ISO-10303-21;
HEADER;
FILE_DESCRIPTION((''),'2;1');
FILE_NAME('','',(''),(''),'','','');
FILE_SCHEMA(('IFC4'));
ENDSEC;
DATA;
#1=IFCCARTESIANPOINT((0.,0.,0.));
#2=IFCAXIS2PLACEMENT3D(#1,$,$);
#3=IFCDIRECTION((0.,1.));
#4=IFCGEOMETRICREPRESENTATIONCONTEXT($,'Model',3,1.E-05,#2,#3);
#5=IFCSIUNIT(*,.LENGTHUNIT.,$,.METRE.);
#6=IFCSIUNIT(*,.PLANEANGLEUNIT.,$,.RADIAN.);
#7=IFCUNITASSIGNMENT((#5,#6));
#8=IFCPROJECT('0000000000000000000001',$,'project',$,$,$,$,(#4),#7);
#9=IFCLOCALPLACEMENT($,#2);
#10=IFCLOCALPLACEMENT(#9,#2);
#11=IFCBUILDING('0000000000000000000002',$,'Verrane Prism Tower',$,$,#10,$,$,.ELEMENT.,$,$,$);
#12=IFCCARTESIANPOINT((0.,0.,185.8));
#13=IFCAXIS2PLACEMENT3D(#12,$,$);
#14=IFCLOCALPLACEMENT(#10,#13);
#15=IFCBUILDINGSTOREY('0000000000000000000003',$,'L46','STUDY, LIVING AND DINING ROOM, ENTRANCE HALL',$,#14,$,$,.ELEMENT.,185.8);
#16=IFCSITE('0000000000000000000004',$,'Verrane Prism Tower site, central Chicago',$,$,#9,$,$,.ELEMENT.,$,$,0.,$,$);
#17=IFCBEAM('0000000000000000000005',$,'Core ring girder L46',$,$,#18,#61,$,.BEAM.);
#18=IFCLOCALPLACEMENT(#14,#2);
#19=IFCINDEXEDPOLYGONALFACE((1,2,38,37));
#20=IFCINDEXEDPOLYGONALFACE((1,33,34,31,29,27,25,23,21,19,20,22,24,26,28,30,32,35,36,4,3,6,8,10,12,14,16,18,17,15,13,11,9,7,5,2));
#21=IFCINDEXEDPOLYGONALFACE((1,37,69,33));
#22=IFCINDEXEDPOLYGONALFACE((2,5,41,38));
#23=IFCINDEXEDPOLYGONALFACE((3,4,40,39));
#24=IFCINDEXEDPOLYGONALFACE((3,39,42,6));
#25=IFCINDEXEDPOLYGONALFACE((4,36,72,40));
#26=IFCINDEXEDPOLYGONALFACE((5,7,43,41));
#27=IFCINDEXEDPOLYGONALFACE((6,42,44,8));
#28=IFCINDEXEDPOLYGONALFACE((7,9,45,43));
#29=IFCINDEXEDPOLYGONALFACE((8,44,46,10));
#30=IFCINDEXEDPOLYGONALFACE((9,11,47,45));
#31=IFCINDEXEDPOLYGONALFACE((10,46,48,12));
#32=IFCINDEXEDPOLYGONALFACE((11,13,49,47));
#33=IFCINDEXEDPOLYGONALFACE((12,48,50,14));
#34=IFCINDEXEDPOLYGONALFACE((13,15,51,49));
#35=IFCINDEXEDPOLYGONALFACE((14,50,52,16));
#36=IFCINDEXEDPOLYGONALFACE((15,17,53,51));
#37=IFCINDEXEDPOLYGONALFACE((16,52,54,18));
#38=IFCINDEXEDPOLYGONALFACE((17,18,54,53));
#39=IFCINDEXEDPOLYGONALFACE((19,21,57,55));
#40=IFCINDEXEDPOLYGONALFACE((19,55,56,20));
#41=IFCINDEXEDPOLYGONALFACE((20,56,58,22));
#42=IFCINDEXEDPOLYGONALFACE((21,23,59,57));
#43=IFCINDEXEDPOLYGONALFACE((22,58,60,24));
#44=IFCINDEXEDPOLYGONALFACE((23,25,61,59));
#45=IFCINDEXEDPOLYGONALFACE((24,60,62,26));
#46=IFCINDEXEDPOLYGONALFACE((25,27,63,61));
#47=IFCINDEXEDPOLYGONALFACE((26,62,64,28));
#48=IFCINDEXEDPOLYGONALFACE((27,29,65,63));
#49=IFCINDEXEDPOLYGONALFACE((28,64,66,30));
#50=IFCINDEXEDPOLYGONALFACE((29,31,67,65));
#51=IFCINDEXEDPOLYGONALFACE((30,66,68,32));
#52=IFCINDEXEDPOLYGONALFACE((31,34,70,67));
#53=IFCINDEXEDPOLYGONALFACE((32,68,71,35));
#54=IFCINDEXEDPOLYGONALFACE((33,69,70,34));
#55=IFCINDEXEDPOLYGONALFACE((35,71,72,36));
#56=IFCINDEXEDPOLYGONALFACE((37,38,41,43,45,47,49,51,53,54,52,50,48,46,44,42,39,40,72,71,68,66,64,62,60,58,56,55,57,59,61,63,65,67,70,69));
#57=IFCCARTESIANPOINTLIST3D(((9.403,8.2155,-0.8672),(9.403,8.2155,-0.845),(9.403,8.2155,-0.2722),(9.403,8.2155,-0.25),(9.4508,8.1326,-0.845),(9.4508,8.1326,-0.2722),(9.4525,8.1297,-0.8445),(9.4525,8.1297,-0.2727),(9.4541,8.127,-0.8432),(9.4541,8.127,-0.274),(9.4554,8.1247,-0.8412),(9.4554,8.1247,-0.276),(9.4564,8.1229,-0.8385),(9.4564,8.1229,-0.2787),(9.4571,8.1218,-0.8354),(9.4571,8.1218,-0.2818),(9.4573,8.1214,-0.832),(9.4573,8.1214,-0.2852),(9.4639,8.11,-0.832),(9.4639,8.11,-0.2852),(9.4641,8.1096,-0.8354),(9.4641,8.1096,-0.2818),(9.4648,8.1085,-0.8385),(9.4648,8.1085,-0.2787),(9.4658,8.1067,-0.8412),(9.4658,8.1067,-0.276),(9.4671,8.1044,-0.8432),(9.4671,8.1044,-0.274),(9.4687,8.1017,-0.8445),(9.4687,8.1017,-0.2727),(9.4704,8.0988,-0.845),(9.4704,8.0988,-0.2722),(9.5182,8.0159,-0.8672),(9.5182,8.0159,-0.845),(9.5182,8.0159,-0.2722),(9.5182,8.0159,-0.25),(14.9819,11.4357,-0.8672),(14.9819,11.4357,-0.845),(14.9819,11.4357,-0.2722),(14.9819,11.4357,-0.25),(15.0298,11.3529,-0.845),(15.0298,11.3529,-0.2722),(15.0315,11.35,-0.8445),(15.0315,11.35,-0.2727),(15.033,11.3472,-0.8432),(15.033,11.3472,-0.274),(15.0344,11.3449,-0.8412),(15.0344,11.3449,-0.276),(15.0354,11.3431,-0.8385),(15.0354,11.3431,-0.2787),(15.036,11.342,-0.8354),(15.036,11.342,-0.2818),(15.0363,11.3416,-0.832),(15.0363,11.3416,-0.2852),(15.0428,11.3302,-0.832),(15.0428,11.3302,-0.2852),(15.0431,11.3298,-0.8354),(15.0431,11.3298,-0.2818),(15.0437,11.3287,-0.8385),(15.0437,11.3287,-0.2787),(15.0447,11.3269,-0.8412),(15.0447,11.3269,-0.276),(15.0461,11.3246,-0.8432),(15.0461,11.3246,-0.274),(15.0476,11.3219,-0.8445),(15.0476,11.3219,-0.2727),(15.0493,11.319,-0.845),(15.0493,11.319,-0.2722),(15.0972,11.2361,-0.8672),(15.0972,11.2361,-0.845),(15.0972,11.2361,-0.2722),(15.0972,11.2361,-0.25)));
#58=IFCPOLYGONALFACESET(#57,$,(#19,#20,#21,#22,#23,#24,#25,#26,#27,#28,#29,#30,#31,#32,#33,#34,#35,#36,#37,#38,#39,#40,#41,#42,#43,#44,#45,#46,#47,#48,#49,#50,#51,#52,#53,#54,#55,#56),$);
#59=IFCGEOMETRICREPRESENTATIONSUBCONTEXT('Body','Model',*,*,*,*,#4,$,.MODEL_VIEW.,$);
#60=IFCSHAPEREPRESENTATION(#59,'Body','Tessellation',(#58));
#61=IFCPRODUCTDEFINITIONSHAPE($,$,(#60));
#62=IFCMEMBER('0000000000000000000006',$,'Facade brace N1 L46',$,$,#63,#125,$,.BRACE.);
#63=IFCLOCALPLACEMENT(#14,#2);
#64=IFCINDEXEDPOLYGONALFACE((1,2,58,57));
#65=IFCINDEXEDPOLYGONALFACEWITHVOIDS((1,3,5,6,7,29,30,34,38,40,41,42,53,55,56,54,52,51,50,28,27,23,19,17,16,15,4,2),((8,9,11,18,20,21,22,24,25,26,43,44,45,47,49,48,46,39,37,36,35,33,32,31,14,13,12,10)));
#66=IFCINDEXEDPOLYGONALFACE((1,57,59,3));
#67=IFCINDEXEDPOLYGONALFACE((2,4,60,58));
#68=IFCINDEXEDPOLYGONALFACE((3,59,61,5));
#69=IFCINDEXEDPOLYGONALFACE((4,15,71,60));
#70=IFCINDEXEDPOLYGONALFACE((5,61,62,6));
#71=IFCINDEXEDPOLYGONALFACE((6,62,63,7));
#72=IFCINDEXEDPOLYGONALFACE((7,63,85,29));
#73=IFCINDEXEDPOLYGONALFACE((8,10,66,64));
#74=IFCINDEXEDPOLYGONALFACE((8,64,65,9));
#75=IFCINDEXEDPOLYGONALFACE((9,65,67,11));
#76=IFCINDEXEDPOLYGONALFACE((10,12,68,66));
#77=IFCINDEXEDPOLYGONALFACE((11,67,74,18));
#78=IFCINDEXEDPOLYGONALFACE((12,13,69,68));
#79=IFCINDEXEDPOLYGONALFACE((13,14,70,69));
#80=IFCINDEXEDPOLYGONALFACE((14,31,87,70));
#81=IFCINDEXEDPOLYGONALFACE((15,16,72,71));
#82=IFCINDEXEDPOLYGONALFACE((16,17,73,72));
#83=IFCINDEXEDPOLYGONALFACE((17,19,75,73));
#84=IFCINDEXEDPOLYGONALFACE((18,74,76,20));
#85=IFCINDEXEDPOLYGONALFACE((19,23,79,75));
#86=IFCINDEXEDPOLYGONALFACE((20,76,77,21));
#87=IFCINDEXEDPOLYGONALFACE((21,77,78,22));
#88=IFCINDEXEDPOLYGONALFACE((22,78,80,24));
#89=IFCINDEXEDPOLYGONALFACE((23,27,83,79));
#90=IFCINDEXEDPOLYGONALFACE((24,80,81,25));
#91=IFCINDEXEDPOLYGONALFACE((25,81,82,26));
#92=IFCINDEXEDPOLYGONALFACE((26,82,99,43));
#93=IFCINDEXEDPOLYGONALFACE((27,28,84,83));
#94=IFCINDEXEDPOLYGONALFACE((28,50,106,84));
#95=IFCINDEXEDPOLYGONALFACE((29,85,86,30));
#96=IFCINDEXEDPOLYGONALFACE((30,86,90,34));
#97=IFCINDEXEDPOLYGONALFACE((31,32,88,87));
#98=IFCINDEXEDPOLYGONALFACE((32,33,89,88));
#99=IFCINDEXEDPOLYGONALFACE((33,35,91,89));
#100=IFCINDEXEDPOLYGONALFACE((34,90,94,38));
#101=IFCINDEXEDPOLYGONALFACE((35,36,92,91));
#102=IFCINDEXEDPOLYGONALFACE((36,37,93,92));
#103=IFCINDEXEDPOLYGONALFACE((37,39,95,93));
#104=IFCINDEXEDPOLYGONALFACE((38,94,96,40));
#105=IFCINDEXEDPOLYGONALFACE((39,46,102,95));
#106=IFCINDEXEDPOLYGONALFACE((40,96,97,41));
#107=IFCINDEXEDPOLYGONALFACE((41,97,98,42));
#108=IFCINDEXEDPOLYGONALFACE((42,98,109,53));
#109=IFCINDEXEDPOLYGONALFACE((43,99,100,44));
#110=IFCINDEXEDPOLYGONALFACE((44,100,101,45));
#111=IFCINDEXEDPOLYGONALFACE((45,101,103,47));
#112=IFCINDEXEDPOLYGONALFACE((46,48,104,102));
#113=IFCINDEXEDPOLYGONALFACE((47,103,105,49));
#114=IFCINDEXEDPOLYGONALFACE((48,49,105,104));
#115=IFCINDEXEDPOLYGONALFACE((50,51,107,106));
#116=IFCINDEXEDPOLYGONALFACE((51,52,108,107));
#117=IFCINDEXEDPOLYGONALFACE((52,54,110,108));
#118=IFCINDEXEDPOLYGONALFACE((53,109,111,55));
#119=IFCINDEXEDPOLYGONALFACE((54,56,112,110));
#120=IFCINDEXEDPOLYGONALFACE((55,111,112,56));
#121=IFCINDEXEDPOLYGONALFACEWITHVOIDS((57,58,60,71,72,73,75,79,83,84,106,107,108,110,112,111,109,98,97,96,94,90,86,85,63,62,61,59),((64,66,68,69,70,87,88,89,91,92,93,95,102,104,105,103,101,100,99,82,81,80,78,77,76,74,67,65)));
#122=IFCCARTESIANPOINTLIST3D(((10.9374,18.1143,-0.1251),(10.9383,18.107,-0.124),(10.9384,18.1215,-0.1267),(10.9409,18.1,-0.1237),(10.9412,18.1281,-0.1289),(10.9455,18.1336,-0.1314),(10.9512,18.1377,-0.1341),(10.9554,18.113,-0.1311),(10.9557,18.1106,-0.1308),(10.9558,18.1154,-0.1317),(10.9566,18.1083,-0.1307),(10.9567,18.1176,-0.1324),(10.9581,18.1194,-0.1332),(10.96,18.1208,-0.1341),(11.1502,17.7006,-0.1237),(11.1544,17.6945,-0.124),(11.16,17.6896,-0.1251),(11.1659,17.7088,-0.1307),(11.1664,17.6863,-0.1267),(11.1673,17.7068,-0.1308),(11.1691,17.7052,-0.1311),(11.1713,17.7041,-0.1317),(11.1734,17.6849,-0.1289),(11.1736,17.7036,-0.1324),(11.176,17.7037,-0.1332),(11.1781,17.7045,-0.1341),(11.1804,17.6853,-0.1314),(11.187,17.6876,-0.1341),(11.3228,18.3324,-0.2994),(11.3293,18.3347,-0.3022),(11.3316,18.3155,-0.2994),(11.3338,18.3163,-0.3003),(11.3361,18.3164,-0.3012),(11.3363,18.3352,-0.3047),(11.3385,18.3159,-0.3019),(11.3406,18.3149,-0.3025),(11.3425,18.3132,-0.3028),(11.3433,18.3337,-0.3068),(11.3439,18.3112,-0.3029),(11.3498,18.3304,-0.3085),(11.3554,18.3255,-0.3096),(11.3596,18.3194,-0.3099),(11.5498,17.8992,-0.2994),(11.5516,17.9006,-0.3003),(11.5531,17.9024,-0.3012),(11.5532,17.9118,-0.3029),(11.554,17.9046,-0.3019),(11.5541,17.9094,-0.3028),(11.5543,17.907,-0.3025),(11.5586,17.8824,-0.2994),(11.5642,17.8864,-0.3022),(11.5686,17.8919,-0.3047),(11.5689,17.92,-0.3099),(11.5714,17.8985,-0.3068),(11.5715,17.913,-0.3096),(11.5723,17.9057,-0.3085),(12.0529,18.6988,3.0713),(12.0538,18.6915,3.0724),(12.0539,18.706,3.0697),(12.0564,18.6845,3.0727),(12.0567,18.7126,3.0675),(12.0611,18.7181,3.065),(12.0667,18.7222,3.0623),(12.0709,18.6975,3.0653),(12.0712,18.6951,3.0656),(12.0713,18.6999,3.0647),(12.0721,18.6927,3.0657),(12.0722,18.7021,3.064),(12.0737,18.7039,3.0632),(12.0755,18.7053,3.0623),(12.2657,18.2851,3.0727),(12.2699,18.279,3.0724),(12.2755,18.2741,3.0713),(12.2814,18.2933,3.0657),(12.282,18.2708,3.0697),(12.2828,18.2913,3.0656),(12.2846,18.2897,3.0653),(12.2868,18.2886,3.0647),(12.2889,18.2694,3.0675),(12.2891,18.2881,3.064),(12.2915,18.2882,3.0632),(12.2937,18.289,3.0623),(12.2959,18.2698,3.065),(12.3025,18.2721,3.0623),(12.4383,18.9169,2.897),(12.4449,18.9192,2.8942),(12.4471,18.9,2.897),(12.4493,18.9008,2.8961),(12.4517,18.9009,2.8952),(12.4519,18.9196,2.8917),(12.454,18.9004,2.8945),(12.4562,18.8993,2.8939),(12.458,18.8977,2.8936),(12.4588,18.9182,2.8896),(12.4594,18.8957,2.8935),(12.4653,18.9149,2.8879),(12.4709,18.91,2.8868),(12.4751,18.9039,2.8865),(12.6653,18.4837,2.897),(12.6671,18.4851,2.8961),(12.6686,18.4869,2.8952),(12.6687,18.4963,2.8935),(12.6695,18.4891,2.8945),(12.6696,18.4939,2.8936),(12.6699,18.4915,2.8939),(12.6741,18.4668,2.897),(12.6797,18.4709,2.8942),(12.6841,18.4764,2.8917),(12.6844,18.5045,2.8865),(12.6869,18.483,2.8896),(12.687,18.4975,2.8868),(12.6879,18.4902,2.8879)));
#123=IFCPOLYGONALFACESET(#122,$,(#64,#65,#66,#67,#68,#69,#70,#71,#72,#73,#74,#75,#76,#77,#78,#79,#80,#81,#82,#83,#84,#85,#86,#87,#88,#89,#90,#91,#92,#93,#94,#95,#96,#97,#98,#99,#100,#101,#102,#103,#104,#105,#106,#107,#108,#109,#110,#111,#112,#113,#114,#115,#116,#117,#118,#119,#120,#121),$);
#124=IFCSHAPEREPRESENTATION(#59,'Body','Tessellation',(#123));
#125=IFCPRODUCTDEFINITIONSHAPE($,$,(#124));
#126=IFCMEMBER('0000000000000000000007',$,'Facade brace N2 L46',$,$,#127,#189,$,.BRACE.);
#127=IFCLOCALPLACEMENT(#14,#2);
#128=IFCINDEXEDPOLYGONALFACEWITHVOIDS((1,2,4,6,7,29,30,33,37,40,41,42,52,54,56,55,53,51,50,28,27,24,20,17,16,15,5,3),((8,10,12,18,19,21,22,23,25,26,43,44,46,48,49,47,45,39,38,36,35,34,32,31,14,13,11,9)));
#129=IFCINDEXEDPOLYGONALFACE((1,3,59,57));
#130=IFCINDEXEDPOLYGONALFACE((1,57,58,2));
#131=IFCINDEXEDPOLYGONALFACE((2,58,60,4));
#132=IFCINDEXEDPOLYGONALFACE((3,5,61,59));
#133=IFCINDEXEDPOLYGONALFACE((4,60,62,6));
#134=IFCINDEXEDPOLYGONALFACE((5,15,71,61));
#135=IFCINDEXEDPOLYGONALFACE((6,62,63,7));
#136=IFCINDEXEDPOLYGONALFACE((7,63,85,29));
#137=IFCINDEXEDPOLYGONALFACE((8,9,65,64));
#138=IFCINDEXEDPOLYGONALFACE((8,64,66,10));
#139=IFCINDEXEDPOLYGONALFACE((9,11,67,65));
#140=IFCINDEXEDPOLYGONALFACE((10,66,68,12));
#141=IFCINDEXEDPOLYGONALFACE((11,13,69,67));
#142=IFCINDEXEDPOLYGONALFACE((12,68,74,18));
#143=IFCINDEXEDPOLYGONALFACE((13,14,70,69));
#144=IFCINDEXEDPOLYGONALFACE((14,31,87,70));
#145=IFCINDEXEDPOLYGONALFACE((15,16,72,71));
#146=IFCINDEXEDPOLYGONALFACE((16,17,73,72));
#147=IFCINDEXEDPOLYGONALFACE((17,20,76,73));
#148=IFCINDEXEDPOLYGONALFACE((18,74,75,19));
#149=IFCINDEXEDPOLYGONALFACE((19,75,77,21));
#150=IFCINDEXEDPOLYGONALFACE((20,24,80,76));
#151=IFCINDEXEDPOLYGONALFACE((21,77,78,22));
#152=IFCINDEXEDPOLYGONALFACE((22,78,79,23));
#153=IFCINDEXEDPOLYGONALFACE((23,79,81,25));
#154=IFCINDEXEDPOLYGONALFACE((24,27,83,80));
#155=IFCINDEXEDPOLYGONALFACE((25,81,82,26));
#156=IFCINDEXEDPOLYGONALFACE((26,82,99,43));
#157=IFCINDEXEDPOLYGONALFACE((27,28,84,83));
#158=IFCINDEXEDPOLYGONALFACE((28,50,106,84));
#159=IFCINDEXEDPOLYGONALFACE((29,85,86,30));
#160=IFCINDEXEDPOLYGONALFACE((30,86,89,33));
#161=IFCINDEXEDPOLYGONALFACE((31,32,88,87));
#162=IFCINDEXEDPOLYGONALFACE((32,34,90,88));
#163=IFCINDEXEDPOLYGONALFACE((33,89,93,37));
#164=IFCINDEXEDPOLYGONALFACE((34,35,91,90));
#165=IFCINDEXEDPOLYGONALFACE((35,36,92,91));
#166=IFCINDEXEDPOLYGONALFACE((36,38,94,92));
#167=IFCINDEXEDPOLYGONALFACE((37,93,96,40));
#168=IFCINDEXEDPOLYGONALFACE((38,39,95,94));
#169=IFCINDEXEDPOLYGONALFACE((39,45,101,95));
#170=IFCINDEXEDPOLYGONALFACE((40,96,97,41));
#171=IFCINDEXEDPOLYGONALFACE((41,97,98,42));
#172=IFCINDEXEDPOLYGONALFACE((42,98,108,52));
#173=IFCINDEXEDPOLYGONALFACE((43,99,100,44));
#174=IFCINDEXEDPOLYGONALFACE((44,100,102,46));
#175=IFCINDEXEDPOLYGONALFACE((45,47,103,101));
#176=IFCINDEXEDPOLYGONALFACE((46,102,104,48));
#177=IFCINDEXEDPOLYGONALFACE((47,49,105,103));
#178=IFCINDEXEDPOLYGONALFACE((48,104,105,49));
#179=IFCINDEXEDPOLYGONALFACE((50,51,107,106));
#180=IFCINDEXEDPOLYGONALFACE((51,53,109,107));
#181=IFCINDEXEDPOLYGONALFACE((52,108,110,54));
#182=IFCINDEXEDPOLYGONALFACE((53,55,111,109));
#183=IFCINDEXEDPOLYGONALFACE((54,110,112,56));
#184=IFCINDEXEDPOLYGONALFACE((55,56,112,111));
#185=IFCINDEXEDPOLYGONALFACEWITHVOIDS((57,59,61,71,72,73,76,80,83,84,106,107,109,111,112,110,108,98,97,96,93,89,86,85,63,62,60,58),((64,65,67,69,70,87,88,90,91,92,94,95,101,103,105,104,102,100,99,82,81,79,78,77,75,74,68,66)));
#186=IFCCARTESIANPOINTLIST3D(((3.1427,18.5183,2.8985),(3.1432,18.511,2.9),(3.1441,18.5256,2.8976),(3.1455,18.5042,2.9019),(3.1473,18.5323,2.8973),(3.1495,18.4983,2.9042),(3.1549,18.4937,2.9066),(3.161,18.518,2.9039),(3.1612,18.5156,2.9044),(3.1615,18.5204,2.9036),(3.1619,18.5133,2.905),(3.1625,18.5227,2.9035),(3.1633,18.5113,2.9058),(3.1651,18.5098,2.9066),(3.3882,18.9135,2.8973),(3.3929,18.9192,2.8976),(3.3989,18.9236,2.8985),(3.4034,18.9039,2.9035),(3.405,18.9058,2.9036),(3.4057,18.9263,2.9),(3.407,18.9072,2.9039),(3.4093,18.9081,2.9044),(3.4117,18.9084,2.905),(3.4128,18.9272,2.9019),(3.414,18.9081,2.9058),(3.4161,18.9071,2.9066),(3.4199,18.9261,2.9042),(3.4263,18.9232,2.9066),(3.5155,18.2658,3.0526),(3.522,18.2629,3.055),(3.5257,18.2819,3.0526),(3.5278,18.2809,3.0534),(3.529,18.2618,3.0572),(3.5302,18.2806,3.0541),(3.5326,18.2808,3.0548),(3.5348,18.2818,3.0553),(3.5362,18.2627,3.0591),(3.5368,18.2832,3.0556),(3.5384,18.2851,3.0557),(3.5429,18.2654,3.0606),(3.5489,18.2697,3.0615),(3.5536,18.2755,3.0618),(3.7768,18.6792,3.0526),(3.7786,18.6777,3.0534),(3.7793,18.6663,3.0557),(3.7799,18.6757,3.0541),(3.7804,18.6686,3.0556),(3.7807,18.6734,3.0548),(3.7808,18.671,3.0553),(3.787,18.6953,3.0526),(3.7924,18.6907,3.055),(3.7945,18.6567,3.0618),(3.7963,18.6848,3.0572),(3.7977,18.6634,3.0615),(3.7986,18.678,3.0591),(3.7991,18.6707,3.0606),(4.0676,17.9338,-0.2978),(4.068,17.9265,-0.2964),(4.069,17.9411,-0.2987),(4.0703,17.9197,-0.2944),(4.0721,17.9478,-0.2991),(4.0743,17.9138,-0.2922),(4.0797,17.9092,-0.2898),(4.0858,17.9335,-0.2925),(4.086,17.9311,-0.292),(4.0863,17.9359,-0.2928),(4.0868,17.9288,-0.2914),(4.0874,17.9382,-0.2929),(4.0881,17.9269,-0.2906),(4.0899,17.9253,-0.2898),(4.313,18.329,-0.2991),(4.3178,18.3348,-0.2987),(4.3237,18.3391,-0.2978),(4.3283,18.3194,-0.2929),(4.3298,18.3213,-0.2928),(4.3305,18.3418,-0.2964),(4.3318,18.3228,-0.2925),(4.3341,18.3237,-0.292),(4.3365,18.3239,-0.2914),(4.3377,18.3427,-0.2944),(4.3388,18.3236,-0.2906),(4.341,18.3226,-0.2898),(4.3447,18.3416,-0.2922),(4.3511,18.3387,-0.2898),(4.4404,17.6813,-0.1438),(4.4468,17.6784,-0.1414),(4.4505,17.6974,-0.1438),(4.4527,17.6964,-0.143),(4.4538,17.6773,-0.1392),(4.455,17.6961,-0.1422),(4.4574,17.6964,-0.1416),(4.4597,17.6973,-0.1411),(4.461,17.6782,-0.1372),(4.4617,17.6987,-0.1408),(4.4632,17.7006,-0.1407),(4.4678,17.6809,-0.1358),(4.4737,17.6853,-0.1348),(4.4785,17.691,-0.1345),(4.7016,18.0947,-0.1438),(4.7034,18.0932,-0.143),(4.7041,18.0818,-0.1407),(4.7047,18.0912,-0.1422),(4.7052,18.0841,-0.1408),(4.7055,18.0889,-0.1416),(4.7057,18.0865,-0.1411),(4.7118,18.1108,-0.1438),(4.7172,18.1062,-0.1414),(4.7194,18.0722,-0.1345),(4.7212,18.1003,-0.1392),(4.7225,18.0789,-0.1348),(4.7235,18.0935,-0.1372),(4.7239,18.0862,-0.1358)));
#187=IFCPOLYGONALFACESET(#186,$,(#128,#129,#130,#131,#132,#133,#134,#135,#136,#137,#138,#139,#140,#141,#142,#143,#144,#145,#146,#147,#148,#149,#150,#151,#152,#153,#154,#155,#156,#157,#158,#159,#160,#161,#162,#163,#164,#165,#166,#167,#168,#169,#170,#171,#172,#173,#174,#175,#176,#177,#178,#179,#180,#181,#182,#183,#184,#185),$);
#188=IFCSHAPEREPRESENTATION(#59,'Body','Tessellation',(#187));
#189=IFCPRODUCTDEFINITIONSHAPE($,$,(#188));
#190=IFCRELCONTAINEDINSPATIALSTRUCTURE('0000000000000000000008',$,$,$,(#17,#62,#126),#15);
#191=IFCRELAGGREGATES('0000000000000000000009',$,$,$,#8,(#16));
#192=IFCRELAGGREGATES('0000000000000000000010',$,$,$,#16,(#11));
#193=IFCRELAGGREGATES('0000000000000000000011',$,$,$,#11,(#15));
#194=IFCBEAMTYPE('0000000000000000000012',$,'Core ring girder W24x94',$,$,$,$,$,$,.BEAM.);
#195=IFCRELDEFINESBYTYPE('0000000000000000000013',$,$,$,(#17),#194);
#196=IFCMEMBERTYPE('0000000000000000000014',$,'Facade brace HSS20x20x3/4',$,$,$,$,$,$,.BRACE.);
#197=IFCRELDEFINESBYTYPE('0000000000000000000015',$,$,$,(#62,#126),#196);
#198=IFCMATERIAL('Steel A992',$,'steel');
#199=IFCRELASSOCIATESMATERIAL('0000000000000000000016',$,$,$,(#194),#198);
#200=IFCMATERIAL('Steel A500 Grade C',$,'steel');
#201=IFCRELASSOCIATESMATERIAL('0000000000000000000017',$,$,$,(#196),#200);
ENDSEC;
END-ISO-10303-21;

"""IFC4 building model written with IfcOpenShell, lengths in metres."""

from ifc_helpers import new_model, si_unit, direction, frame, origin, origin_2d, place, context, subcontext, project, spatial, hollow_rectangle, i_section, extrude, material, material_profile, profile_set, type_object, element, save


model = new_model("IFC4")

# Units and contexts
model_context = context("Model", 3, precision=1e-05, world=origin(), true_north=direction((0.0, 1.0)))
body_context = subcontext(model_context, "Body", "Model", "MODEL_VIEW")
ifc_project = project(units=[si_unit("LENGTHUNIT", "METRE"), si_unit("PLANEANGLEUNIT", "RADIAN")], contexts=[model_context])

# Site, building, storey
site_placement = place(None, origin())
site = spatial("IfcSite", under=ifc_project, at=site_placement, Name="Verrane Prism Tower site, central Chicago", CompositionType="ELEMENT", RefElevation=0.0)
building_placement = place(site_placement, origin())
building = spatial("IfcBuilding", under=site, at=building_placement, Name="Verrane Prism Tower", CompositionType="ELEMENT")
storey_placement = place(building_placement, frame((0.0, 0.0, 185.8)))
storey = spatial("IfcBuildingStorey", under=building, at=storey_placement, Name="L46", Description="STUDY, LIVING AND DINING ROOM, ENTRANCE HALL", CompositionType="ELEMENT", Elevation=185.8)

# Beam
ifc_material_1 = material(Name="Steel A992", Category="steel")
ifc_material_profile_1 = material_profile(ifc_material_1, i_section(OverallWidth=0.2305, OverallDepth=0.6172, WebThickness=0.0132, FlangeThickness=0.0222, FilletRadius=0.0129, at=origin_2d()), Name="W24x94")
ifc_profile_set_1 = profile_set([ifc_material_profile_1], Name="Steel A992")
beam_type_1 = type_object("IfcBeamType", Name="Core ring girder W24x94", PredefinedType="BEAM", material=ifc_profile_set_1)
beam_1_placement = place(storey_placement, frame((15.0396, 11.3359, -0.5586), z_axis=(-0.866075, -0.499914, 0.0), x_axis=(0.499914, -0.866075, 0.0)))
element("IfcBeam", 1, at=beam_1_placement, inside=storey, type_object=beam_type_1, Name="Core ring girder L46", PredefinedType="BEAM", context=body_context, shape_type="SweptSolid", body=[
    extrude(i_section(OverallWidth=0.2305, OverallDepth=0.6172, WebThickness=0.0132, FlangeThickness=0.0222, FilletRadius=0.0129, at=origin_2d()), origin(), (0.0, 0.0, 1.0), 6.4417),
])

# Members
ifc_material_2 = material(Name="Steel A500 Grade C", Category="steel")
ifc_material_profile_2 = material_profile(ifc_material_2, hollow_rectangle(XDim=0.5081, YDim=0.5081, WallThickness=0.019, InnerFilletRadius=0.0095, OuterFilletRadius=0.0286, at=origin_2d()), Name="HSS20x20x3/4")
ifc_profile_set_2 = profile_set([ifc_material_profile_2], Name="Steel A500 Grade C")
member_type_1 = type_object("IfcMemberType", Name="Facade brace HSS20x20x3/4", PredefinedType="BRACE", material=ifc_profile_set_2)
member_1_placement = place(storey_placement, frame((11.2549, 18.01, -0.2168), z_axis=(0.324699, 0.170131, 0.93039), x_axis=(-0.464116, 0.885775, 0.0)))
element("IfcMember", 2, at=member_1_placement, inside=storey, type_object=member_type_1, Name="Facade brace N1 L46", PredefinedType="BRACE", context=body_context, shape_type="SweptSolid", body=[
    extrude(hollow_rectangle(XDim=0.5081, YDim=0.5081, WallThickness=0.019, InnerFilletRadius=0.0095, OuterFilletRadius=0.0286, at=origin_2d()), origin(), (0.0, 0.0, 1.0), 3.4355),
])
member_2_placement = place(storey_placement, frame((4.3958, 18.01, -0.2168), z_axis=(-0.273746, 0.173006, 0.946114), x_axis=(-0.534245, -0.84533, 0.0)))
element("IfcMember", 3, at=member_2_placement, inside=storey, type_object=member_type_1, Name="Facade brace N2 L46", PredefinedType="BRACE", context=body_context, shape_type="SweptSolid", body=[
    extrude(hollow_rectangle(XDim=0.5081, YDim=0.5081, WallThickness=0.019, InnerFilletRadius=0.0095, OuterFilletRadius=0.0286, at=origin_2d()), origin(), (0.0, 0.0, 1.0), 3.3784),
])

save(model, "model.ifc")
